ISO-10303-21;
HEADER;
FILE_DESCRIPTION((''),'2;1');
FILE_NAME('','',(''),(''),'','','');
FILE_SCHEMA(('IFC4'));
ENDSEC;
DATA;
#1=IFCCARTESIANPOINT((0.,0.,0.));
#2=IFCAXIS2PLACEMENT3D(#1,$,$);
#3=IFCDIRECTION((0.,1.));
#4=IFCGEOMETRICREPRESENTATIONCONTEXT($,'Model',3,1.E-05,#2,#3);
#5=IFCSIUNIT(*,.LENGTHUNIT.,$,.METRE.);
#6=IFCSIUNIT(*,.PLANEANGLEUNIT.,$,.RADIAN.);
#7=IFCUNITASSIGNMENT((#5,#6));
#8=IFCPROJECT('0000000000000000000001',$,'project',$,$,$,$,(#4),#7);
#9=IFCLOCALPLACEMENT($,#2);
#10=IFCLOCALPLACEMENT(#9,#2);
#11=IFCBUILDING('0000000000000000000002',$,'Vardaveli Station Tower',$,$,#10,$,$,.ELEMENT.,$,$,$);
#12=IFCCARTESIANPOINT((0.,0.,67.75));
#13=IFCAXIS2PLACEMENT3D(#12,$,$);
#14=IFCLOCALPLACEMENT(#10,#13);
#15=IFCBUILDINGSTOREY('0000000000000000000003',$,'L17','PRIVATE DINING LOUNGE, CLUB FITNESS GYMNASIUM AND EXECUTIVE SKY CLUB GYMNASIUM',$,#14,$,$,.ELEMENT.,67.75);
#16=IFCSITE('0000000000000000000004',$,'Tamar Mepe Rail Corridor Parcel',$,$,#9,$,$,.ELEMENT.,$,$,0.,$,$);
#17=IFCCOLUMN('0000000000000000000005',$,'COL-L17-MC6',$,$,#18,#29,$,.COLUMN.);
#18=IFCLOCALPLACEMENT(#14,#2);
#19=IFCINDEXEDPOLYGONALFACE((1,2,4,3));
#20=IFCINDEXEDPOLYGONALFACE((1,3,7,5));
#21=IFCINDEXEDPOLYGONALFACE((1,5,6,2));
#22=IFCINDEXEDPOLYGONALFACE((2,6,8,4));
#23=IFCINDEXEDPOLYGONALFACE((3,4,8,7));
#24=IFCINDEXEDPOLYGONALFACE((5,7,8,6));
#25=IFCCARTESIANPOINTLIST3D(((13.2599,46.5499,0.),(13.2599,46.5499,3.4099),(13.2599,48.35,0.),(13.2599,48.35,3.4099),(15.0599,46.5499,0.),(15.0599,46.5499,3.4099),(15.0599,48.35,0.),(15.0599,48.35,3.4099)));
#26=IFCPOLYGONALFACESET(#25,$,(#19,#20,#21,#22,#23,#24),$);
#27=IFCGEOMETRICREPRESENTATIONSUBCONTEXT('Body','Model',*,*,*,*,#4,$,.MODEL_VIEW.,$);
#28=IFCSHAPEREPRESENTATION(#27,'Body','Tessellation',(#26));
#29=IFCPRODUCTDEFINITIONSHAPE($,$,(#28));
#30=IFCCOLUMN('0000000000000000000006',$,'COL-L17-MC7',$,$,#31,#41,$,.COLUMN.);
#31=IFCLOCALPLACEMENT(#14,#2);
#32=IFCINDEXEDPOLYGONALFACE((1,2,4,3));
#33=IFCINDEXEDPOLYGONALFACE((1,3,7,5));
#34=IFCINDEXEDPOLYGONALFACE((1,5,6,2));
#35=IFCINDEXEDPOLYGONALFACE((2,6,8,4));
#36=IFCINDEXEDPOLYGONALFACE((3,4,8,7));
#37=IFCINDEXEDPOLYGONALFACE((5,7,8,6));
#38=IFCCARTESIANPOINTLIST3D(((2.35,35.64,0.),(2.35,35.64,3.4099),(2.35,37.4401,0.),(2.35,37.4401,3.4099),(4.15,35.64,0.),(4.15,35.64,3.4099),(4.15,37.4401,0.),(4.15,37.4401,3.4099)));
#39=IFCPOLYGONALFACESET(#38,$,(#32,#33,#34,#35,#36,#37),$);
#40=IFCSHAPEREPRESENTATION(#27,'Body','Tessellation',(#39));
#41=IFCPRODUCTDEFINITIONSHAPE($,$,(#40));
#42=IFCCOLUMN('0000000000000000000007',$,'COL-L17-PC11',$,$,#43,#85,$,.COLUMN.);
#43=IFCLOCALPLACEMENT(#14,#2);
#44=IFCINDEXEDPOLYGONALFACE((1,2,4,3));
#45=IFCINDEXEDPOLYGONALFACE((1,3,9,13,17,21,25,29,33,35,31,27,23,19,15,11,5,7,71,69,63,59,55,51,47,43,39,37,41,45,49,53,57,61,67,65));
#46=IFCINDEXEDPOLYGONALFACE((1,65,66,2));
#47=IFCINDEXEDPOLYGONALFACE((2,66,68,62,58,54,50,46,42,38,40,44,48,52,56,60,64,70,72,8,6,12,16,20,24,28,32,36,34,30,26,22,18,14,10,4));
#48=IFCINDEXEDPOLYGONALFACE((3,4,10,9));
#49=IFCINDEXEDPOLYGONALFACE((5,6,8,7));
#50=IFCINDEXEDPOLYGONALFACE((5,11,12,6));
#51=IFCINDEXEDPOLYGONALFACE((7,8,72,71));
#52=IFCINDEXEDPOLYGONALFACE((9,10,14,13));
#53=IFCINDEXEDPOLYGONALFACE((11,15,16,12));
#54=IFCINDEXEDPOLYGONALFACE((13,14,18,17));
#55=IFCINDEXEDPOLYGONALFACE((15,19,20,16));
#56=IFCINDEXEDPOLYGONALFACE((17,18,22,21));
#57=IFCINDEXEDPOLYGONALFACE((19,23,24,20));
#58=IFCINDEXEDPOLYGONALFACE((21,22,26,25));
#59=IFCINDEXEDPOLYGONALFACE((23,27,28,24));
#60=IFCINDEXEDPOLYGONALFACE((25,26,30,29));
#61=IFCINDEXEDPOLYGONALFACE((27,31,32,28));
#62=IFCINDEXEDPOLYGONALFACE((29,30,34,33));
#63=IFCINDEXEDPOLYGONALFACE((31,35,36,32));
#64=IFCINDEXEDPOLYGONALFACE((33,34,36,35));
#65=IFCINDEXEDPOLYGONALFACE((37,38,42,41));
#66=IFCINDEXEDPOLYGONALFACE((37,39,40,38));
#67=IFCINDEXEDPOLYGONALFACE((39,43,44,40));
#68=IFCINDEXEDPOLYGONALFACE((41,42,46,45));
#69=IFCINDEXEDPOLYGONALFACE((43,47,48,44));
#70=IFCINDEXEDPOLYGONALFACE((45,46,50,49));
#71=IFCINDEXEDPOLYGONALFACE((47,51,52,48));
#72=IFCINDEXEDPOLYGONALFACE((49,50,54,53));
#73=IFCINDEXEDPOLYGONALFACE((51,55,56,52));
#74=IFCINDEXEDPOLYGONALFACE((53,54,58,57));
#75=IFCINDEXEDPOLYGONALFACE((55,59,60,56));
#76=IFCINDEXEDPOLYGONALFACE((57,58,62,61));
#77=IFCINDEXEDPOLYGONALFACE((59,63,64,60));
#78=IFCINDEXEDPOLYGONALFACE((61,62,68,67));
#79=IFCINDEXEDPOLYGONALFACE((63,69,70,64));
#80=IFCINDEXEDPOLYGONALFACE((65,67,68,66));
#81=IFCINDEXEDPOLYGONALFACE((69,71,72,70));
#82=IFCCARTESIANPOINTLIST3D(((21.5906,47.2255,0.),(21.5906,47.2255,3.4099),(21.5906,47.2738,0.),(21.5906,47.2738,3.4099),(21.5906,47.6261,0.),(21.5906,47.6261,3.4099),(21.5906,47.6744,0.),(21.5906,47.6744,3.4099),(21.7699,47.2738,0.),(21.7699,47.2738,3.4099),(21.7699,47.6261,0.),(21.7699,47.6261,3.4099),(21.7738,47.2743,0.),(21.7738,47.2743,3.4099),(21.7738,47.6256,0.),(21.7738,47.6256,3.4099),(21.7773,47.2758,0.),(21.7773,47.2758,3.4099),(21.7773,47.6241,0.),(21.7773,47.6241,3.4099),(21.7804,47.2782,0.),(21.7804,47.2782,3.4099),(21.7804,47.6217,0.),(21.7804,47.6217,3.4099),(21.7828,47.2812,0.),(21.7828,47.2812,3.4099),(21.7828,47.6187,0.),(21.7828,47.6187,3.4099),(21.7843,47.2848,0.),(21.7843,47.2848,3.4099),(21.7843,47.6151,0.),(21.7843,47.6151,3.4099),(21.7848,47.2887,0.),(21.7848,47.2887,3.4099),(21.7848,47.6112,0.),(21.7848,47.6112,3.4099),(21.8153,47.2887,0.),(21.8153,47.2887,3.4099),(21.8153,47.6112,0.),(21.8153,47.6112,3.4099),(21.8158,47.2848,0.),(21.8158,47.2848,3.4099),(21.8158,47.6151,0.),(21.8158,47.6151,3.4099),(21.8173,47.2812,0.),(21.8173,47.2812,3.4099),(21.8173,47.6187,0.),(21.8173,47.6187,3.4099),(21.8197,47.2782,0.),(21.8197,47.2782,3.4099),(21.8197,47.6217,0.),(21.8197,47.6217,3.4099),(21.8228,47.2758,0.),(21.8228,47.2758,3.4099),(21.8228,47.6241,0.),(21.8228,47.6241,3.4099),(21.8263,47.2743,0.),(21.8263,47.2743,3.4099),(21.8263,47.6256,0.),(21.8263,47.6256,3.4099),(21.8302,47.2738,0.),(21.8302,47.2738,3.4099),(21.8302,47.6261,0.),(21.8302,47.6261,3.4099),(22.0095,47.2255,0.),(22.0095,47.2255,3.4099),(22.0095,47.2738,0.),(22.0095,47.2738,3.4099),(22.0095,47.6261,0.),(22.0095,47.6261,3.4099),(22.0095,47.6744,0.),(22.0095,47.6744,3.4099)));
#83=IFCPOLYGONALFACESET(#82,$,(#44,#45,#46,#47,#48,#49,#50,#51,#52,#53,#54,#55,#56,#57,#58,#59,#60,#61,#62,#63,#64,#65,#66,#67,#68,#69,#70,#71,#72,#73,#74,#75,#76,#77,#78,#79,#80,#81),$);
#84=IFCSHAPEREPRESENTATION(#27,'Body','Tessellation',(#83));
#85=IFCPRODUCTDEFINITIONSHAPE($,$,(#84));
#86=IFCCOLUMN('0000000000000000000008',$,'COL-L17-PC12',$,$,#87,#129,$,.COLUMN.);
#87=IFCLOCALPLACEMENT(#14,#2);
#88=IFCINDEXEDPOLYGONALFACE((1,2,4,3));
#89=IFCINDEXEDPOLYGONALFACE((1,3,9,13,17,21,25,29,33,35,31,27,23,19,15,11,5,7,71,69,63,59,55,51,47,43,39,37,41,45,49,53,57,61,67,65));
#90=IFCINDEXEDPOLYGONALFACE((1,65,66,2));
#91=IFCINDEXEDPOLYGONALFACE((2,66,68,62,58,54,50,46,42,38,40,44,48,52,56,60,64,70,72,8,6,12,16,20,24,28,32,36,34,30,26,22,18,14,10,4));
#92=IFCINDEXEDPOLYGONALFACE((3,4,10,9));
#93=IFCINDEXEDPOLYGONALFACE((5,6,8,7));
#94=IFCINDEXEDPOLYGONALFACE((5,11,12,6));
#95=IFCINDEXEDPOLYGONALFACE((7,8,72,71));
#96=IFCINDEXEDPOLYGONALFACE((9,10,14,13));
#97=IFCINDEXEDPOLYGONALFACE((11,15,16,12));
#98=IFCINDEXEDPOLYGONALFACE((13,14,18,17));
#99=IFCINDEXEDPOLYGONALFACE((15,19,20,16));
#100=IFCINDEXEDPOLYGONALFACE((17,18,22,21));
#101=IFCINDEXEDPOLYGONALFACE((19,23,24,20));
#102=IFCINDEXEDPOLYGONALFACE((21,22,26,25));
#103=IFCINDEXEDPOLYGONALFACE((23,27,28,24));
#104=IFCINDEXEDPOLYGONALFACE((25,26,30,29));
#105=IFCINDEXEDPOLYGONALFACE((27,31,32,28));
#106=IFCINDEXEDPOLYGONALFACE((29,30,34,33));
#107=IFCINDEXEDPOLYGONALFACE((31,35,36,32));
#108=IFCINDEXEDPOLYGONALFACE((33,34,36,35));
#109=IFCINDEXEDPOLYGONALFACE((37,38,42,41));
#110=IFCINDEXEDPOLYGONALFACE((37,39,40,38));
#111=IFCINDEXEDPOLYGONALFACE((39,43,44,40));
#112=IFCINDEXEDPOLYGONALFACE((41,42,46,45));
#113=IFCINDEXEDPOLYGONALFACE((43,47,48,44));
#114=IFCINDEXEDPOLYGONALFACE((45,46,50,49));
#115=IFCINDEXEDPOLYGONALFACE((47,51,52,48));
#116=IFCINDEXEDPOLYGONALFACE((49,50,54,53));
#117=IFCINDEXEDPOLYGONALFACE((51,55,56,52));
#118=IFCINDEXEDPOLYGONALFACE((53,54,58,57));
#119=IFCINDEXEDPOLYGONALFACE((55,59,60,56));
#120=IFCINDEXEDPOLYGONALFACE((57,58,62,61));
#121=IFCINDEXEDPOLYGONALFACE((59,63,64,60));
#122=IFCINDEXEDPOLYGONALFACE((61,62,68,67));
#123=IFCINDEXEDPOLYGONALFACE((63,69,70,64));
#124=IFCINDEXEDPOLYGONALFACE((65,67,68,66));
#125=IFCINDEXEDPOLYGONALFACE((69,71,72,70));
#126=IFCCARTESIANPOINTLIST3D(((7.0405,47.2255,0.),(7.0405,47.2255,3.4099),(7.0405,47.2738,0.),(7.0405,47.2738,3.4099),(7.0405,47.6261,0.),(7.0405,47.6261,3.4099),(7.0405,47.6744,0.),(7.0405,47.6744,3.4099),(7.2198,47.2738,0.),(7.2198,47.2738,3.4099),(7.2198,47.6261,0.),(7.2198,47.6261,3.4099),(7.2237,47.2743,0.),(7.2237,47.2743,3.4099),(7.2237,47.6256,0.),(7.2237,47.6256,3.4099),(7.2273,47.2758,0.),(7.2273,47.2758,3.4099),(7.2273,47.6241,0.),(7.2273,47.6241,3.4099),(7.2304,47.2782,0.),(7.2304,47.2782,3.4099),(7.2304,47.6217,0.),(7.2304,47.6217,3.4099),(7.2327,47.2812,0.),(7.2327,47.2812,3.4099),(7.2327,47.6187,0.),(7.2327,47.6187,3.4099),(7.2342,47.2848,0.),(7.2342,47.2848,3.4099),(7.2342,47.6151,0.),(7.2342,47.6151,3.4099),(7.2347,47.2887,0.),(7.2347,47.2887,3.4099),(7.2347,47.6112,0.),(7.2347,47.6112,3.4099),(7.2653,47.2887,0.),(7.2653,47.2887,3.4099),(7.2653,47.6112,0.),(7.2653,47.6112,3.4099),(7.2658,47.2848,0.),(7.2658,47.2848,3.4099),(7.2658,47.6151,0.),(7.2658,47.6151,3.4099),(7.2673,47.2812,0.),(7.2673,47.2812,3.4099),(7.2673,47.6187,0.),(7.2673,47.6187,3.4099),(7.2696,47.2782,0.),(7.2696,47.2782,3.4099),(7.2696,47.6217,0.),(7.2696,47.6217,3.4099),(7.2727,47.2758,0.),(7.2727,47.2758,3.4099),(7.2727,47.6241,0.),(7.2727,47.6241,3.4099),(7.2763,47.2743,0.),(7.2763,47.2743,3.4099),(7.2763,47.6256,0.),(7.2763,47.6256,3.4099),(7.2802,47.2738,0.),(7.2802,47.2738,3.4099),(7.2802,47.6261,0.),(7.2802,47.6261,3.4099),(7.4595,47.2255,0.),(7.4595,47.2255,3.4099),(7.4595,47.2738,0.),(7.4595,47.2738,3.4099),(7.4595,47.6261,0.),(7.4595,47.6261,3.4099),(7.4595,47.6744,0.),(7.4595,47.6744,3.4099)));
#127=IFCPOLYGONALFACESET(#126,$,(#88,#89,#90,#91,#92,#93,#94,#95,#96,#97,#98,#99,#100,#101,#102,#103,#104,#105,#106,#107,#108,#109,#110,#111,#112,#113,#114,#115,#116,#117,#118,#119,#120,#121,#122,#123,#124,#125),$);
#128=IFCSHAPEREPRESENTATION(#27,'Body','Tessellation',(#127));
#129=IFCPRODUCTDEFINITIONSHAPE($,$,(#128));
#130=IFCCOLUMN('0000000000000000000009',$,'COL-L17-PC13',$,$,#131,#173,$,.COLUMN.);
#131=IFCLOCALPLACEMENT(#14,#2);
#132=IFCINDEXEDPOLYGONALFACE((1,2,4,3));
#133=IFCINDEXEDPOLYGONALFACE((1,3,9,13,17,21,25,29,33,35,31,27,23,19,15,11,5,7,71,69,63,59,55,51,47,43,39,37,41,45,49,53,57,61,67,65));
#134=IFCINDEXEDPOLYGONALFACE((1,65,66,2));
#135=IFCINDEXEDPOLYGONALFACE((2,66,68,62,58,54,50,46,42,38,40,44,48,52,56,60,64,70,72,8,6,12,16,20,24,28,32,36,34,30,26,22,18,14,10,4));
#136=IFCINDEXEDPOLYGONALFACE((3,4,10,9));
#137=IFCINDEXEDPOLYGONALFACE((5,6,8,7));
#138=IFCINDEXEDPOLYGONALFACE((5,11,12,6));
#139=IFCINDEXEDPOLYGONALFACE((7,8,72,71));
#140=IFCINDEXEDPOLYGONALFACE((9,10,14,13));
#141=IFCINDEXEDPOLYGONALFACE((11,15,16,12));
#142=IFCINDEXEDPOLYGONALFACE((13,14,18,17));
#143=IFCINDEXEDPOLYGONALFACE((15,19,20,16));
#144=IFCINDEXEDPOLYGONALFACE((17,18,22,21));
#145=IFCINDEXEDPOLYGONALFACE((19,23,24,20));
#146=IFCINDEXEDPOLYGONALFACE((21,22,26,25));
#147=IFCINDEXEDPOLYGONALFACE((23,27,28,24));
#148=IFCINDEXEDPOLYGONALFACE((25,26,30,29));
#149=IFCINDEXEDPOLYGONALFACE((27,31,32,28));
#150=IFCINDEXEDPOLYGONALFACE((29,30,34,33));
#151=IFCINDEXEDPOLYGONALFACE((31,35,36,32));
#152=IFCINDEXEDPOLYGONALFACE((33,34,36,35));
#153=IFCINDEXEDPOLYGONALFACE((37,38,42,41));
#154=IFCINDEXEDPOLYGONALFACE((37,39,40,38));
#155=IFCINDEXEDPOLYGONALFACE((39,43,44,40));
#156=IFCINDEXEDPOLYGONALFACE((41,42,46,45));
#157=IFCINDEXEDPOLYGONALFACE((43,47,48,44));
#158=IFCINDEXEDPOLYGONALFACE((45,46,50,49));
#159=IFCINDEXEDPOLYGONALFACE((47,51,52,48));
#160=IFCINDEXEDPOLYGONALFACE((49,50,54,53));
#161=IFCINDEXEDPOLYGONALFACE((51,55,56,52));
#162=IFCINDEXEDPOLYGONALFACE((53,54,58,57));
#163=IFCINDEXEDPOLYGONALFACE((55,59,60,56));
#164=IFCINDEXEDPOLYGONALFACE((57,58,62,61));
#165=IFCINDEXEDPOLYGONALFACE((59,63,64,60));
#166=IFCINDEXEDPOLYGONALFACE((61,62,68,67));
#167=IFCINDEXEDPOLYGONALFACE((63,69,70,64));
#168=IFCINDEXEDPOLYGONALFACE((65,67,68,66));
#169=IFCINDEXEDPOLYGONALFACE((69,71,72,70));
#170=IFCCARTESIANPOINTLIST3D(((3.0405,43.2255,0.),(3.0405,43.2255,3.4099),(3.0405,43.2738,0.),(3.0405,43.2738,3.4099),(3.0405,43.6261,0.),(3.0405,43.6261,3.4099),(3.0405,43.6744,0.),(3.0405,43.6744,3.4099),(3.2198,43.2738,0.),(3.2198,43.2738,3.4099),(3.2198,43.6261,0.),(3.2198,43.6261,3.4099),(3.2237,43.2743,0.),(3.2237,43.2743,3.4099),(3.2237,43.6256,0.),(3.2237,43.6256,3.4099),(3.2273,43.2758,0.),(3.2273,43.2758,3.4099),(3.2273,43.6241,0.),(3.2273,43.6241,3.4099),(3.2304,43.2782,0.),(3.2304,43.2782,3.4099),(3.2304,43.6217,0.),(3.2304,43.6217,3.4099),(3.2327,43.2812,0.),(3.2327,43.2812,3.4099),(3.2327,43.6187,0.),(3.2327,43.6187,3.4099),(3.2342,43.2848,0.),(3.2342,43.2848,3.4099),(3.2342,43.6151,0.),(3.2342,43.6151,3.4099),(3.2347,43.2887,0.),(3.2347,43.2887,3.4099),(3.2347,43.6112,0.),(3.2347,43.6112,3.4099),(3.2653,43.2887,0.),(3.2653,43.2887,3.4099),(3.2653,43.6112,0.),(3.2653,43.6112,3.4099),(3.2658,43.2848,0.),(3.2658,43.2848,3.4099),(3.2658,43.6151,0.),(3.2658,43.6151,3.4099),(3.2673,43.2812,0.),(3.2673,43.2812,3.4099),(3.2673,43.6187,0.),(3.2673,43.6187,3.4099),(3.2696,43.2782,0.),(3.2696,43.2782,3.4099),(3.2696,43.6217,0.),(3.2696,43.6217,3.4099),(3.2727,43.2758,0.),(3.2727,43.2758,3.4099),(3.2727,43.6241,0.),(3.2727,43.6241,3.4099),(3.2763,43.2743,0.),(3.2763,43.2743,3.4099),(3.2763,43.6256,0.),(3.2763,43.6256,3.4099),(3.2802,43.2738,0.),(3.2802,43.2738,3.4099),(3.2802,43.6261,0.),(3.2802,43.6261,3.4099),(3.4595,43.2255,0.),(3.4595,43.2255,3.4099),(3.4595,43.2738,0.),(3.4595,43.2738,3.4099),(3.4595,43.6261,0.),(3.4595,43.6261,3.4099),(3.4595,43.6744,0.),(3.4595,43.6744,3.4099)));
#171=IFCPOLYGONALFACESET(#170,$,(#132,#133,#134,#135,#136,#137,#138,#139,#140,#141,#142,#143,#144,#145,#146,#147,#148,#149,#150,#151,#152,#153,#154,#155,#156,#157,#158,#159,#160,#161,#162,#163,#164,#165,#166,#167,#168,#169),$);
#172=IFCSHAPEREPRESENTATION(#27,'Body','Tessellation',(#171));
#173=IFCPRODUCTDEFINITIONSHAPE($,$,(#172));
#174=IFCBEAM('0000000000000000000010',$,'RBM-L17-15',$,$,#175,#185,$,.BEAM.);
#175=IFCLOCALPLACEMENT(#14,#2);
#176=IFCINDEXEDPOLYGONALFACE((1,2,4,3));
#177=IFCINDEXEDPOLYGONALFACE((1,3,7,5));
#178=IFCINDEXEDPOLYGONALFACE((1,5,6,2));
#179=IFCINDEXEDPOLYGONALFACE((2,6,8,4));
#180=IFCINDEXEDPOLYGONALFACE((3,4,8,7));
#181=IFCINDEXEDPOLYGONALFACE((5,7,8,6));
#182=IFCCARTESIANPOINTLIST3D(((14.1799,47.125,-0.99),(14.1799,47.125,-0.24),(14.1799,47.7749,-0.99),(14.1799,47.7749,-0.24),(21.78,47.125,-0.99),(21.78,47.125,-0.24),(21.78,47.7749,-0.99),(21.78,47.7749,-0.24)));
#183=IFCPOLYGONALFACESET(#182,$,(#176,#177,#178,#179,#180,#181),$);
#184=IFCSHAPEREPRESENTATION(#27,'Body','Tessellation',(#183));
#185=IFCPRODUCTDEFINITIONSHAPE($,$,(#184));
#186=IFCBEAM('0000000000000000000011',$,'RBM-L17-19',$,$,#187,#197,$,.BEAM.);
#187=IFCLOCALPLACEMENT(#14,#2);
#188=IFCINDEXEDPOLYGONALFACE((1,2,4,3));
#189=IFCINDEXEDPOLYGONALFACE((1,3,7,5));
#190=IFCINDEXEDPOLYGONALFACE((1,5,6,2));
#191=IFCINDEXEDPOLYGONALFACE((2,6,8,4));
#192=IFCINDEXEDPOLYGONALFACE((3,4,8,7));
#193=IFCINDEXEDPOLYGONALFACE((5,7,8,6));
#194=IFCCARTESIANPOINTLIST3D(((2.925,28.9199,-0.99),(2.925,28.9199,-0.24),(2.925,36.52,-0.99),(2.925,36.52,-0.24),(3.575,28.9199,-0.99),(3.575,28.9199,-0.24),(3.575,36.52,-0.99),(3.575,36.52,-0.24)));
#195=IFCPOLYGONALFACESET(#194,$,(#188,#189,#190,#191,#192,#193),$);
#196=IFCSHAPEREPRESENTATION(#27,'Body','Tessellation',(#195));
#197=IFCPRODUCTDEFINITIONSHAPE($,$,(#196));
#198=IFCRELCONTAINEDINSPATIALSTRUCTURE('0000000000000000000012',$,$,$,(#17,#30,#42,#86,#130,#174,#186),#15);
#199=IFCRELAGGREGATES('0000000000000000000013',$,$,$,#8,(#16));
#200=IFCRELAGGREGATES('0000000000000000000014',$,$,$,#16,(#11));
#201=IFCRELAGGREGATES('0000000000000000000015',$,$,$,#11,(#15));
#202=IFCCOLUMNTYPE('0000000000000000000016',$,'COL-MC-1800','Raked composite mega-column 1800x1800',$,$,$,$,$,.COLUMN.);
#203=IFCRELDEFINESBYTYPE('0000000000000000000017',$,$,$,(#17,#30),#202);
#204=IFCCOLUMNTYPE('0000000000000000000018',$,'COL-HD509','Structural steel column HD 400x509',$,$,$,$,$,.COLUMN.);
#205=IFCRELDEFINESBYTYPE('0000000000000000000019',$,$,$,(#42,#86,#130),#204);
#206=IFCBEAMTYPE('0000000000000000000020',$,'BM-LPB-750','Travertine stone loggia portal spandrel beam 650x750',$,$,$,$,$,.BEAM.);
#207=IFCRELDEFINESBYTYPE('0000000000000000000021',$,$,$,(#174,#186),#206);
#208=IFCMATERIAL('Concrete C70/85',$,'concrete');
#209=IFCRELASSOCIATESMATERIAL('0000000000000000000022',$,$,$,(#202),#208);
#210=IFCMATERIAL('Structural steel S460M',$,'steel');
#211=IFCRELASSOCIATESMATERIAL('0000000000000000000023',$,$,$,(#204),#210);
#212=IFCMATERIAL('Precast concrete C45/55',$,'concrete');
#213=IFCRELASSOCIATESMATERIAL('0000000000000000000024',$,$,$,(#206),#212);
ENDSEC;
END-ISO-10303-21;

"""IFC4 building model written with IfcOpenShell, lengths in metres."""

from ifc_helpers import new_model, si_unit, direction, frame, origin, origin_2d, place, context, subcontext, project, spatial, rectangle, i_section, extrude, source, transform, mapped, material, material_profile, profile_set, type_object, element, save


model = new_model("IFC4")

# Units and contexts
model_context = context("Model", 3, precision=1e-05, world=origin(), true_north=direction((0.0, 1.0)))
body_context = subcontext(model_context, "Body", "Model", "MODEL_VIEW")
ifc_project = project(units=[si_unit("LENGTHUNIT", "METRE"), si_unit("PLANEANGLEUNIT", "RADIAN")], contexts=[model_context])

# Site, building, storey
site_placement = place(None, origin())
site = spatial("IfcSite", under=ifc_project, at=site_placement, Name="Tamar Mepe Rail Corridor Parcel", CompositionType="ELEMENT", RefElevation=0.0)
building_placement = place(site_placement, origin())
building = spatial("IfcBuilding", under=site, at=building_placement, Name="Vardaveli Station Tower", CompositionType="ELEMENT")
storey_placement = place(building_placement, frame((0.0, 0.0, 67.75)))
storey = spatial("IfcBuildingStorey", under=building, at=storey_placement, Name="L17", Description="PRIVATE DINING LOUNGE, CLUB FITNESS GYMNASIUM AND EXECUTIVE SKY CLUB GYMNASIUM", CompositionType="ELEMENT", Elevation=67.75)

# Columns
ifc_material_1 = material(Name="Concrete C70/85", Category="concrete")
ifc_material_profile_1 = material_profile(ifc_material_1, rectangle(XDim=1.8, YDim=1.8, at=origin_2d()), Name="MC 1800x1800")
ifc_profile_set_1 = profile_set([ifc_material_profile_1], Name="Concrete C70/85")
column_type_1 = type_object("IfcColumnType", Name="COL-MC-1800", Description="Raked composite mega-column 1800x1800", PredefinedType="COLUMN", material=ifc_profile_set_1)
shared_shape_1 = source(origin(), body_context, "Body", "SweptSolid", [
    extrude(rectangle(XDim=1.8, YDim=1.8, at=origin_2d()), origin(), (0.0, 0.0, 1.0), 3.4099),
])
for number, where, z_axis, x_axis, name in (
    (1, (14.1599, 47.45, 0.0), (0.0, 0.0, 1.0), (1.0, 0.0, 0.0), "COL-L17-MC6"),
    (2, (3.25, 36.54, 0.0), (0.0, 0.0, 1.0), (1.0, 0.0, 0.0), "COL-L17-MC7"),
):
    element("IfcColumn", number, at=place(storey_placement, frame(where, z_axis=z_axis, x_axis=x_axis)), inside=storey, type_object=column_type_1, Name=name, PredefinedType="COLUMN", context=body_context, shape_type="MappedRepresentation", body=[
        mapped(shared_shape_1, transform((0.0, 0.0, 0.0), scale=1.0)),
    ])
ifc_material_2 = material(Name="Structural steel S460M", Category="steel")
ifc_material_profile_2 = material_profile(ifc_material_2, i_section(OverallWidth=0.4189, OverallDepth=0.449, WebThickness=0.0305, FlangeThickness=0.0483, FilletRadius=0.0149, at=origin_2d()), Name="HD 400x509")
ifc_profile_set_2 = profile_set([ifc_material_profile_2], Name="Structural steel S460M")
column_type_2 = type_object("IfcColumnType", Name="COL-HD509", Description="Structural steel column HD 400x509", PredefinedType="COLUMN", material=ifc_profile_set_2)
shared_shape_2 = source(origin(), body_context, "Body", "SweptSolid", [
    extrude(i_section(OverallWidth=0.4189, OverallDepth=0.449, WebThickness=0.0305, FlangeThickness=0.0483, FilletRadius=0.0149, at=origin_2d()), origin(), (0.0, 0.0, 1.0), 3.4099),
])
for number, where, z_axis, x_axis, name in (
    (3, (21.8, 47.45, 0.0), (0.0, 0.0, 1.0), (1.0, 0.0, 0.0), "COL-L17-PC11"),
    (4, (7.25, 47.45, 0.0), (0.0, 0.0, 1.0), (1.0, 0.0, 0.0), "COL-L17-PC12"),
    (5, (3.25, 43.45, 0.0), (0.0, 0.0, 1.0), (1.0, 0.0, 0.0), "COL-L17-PC13"),
):
    element("IfcColumn", number, at=place(storey_placement, frame(where, z_axis=z_axis, x_axis=x_axis)), inside=storey, type_object=column_type_2, Name=name, PredefinedType="COLUMN", context=body_context, shape_type="MappedRepresentation", body=[
        mapped(shared_shape_2, transform((0.0, 0.0, 0.0), scale=1.0)),
    ])

# Beams
ifc_material_3 = material(Name="Precast concrete C45/55", Category="concrete")
ifc_material_profile_3 = material_profile(ifc_material_3, rectangle(XDim=0.6499, YDim=0.75, at=origin_2d()), Name="LPB 650x750")
ifc_profile_set_3 = profile_set([ifc_material_profile_3], Name="Precast concrete C45/55")
beam_type = type_object("IfcBeamType", Name="BM-LPB-750", Description="Travertine stone loggia portal spandrel beam 650x750", PredefinedType="BEAM", material=ifc_profile_set_3)
shared_shape_3 = source(origin(), body_context, "Body", "SweptSolid", [
    extrude(rectangle(XDim=0.6499, YDim=0.75, at=origin_2d()), origin(), (0.0, 0.0, 1.0), 7.6001),
])
for number, where, z_axis, x_axis, name in (
    (6, (21.78, 47.45, -0.615), (-1.0, 0.0, 0.0), (0.0, -1.0, 0.0), "RBM-L17-15"),
    (7, (3.25, 36.52, -0.615), (0.0, -1.0, 0.0), (1.0, 0.0, 0.0), "RBM-L17-19"),
):
    element("IfcBeam", number, at=place(storey_placement, frame(where, z_axis=z_axis, x_axis=x_axis)), inside=storey, type_object=beam_type, Name=name, PredefinedType="BEAM", context=body_context, shape_type="MappedRepresentation", body=[
        mapped(shared_shape_3, transform((0.0, 0.0, 0.0), scale=1.0)),
    ])

save(model, "model.ifc")
